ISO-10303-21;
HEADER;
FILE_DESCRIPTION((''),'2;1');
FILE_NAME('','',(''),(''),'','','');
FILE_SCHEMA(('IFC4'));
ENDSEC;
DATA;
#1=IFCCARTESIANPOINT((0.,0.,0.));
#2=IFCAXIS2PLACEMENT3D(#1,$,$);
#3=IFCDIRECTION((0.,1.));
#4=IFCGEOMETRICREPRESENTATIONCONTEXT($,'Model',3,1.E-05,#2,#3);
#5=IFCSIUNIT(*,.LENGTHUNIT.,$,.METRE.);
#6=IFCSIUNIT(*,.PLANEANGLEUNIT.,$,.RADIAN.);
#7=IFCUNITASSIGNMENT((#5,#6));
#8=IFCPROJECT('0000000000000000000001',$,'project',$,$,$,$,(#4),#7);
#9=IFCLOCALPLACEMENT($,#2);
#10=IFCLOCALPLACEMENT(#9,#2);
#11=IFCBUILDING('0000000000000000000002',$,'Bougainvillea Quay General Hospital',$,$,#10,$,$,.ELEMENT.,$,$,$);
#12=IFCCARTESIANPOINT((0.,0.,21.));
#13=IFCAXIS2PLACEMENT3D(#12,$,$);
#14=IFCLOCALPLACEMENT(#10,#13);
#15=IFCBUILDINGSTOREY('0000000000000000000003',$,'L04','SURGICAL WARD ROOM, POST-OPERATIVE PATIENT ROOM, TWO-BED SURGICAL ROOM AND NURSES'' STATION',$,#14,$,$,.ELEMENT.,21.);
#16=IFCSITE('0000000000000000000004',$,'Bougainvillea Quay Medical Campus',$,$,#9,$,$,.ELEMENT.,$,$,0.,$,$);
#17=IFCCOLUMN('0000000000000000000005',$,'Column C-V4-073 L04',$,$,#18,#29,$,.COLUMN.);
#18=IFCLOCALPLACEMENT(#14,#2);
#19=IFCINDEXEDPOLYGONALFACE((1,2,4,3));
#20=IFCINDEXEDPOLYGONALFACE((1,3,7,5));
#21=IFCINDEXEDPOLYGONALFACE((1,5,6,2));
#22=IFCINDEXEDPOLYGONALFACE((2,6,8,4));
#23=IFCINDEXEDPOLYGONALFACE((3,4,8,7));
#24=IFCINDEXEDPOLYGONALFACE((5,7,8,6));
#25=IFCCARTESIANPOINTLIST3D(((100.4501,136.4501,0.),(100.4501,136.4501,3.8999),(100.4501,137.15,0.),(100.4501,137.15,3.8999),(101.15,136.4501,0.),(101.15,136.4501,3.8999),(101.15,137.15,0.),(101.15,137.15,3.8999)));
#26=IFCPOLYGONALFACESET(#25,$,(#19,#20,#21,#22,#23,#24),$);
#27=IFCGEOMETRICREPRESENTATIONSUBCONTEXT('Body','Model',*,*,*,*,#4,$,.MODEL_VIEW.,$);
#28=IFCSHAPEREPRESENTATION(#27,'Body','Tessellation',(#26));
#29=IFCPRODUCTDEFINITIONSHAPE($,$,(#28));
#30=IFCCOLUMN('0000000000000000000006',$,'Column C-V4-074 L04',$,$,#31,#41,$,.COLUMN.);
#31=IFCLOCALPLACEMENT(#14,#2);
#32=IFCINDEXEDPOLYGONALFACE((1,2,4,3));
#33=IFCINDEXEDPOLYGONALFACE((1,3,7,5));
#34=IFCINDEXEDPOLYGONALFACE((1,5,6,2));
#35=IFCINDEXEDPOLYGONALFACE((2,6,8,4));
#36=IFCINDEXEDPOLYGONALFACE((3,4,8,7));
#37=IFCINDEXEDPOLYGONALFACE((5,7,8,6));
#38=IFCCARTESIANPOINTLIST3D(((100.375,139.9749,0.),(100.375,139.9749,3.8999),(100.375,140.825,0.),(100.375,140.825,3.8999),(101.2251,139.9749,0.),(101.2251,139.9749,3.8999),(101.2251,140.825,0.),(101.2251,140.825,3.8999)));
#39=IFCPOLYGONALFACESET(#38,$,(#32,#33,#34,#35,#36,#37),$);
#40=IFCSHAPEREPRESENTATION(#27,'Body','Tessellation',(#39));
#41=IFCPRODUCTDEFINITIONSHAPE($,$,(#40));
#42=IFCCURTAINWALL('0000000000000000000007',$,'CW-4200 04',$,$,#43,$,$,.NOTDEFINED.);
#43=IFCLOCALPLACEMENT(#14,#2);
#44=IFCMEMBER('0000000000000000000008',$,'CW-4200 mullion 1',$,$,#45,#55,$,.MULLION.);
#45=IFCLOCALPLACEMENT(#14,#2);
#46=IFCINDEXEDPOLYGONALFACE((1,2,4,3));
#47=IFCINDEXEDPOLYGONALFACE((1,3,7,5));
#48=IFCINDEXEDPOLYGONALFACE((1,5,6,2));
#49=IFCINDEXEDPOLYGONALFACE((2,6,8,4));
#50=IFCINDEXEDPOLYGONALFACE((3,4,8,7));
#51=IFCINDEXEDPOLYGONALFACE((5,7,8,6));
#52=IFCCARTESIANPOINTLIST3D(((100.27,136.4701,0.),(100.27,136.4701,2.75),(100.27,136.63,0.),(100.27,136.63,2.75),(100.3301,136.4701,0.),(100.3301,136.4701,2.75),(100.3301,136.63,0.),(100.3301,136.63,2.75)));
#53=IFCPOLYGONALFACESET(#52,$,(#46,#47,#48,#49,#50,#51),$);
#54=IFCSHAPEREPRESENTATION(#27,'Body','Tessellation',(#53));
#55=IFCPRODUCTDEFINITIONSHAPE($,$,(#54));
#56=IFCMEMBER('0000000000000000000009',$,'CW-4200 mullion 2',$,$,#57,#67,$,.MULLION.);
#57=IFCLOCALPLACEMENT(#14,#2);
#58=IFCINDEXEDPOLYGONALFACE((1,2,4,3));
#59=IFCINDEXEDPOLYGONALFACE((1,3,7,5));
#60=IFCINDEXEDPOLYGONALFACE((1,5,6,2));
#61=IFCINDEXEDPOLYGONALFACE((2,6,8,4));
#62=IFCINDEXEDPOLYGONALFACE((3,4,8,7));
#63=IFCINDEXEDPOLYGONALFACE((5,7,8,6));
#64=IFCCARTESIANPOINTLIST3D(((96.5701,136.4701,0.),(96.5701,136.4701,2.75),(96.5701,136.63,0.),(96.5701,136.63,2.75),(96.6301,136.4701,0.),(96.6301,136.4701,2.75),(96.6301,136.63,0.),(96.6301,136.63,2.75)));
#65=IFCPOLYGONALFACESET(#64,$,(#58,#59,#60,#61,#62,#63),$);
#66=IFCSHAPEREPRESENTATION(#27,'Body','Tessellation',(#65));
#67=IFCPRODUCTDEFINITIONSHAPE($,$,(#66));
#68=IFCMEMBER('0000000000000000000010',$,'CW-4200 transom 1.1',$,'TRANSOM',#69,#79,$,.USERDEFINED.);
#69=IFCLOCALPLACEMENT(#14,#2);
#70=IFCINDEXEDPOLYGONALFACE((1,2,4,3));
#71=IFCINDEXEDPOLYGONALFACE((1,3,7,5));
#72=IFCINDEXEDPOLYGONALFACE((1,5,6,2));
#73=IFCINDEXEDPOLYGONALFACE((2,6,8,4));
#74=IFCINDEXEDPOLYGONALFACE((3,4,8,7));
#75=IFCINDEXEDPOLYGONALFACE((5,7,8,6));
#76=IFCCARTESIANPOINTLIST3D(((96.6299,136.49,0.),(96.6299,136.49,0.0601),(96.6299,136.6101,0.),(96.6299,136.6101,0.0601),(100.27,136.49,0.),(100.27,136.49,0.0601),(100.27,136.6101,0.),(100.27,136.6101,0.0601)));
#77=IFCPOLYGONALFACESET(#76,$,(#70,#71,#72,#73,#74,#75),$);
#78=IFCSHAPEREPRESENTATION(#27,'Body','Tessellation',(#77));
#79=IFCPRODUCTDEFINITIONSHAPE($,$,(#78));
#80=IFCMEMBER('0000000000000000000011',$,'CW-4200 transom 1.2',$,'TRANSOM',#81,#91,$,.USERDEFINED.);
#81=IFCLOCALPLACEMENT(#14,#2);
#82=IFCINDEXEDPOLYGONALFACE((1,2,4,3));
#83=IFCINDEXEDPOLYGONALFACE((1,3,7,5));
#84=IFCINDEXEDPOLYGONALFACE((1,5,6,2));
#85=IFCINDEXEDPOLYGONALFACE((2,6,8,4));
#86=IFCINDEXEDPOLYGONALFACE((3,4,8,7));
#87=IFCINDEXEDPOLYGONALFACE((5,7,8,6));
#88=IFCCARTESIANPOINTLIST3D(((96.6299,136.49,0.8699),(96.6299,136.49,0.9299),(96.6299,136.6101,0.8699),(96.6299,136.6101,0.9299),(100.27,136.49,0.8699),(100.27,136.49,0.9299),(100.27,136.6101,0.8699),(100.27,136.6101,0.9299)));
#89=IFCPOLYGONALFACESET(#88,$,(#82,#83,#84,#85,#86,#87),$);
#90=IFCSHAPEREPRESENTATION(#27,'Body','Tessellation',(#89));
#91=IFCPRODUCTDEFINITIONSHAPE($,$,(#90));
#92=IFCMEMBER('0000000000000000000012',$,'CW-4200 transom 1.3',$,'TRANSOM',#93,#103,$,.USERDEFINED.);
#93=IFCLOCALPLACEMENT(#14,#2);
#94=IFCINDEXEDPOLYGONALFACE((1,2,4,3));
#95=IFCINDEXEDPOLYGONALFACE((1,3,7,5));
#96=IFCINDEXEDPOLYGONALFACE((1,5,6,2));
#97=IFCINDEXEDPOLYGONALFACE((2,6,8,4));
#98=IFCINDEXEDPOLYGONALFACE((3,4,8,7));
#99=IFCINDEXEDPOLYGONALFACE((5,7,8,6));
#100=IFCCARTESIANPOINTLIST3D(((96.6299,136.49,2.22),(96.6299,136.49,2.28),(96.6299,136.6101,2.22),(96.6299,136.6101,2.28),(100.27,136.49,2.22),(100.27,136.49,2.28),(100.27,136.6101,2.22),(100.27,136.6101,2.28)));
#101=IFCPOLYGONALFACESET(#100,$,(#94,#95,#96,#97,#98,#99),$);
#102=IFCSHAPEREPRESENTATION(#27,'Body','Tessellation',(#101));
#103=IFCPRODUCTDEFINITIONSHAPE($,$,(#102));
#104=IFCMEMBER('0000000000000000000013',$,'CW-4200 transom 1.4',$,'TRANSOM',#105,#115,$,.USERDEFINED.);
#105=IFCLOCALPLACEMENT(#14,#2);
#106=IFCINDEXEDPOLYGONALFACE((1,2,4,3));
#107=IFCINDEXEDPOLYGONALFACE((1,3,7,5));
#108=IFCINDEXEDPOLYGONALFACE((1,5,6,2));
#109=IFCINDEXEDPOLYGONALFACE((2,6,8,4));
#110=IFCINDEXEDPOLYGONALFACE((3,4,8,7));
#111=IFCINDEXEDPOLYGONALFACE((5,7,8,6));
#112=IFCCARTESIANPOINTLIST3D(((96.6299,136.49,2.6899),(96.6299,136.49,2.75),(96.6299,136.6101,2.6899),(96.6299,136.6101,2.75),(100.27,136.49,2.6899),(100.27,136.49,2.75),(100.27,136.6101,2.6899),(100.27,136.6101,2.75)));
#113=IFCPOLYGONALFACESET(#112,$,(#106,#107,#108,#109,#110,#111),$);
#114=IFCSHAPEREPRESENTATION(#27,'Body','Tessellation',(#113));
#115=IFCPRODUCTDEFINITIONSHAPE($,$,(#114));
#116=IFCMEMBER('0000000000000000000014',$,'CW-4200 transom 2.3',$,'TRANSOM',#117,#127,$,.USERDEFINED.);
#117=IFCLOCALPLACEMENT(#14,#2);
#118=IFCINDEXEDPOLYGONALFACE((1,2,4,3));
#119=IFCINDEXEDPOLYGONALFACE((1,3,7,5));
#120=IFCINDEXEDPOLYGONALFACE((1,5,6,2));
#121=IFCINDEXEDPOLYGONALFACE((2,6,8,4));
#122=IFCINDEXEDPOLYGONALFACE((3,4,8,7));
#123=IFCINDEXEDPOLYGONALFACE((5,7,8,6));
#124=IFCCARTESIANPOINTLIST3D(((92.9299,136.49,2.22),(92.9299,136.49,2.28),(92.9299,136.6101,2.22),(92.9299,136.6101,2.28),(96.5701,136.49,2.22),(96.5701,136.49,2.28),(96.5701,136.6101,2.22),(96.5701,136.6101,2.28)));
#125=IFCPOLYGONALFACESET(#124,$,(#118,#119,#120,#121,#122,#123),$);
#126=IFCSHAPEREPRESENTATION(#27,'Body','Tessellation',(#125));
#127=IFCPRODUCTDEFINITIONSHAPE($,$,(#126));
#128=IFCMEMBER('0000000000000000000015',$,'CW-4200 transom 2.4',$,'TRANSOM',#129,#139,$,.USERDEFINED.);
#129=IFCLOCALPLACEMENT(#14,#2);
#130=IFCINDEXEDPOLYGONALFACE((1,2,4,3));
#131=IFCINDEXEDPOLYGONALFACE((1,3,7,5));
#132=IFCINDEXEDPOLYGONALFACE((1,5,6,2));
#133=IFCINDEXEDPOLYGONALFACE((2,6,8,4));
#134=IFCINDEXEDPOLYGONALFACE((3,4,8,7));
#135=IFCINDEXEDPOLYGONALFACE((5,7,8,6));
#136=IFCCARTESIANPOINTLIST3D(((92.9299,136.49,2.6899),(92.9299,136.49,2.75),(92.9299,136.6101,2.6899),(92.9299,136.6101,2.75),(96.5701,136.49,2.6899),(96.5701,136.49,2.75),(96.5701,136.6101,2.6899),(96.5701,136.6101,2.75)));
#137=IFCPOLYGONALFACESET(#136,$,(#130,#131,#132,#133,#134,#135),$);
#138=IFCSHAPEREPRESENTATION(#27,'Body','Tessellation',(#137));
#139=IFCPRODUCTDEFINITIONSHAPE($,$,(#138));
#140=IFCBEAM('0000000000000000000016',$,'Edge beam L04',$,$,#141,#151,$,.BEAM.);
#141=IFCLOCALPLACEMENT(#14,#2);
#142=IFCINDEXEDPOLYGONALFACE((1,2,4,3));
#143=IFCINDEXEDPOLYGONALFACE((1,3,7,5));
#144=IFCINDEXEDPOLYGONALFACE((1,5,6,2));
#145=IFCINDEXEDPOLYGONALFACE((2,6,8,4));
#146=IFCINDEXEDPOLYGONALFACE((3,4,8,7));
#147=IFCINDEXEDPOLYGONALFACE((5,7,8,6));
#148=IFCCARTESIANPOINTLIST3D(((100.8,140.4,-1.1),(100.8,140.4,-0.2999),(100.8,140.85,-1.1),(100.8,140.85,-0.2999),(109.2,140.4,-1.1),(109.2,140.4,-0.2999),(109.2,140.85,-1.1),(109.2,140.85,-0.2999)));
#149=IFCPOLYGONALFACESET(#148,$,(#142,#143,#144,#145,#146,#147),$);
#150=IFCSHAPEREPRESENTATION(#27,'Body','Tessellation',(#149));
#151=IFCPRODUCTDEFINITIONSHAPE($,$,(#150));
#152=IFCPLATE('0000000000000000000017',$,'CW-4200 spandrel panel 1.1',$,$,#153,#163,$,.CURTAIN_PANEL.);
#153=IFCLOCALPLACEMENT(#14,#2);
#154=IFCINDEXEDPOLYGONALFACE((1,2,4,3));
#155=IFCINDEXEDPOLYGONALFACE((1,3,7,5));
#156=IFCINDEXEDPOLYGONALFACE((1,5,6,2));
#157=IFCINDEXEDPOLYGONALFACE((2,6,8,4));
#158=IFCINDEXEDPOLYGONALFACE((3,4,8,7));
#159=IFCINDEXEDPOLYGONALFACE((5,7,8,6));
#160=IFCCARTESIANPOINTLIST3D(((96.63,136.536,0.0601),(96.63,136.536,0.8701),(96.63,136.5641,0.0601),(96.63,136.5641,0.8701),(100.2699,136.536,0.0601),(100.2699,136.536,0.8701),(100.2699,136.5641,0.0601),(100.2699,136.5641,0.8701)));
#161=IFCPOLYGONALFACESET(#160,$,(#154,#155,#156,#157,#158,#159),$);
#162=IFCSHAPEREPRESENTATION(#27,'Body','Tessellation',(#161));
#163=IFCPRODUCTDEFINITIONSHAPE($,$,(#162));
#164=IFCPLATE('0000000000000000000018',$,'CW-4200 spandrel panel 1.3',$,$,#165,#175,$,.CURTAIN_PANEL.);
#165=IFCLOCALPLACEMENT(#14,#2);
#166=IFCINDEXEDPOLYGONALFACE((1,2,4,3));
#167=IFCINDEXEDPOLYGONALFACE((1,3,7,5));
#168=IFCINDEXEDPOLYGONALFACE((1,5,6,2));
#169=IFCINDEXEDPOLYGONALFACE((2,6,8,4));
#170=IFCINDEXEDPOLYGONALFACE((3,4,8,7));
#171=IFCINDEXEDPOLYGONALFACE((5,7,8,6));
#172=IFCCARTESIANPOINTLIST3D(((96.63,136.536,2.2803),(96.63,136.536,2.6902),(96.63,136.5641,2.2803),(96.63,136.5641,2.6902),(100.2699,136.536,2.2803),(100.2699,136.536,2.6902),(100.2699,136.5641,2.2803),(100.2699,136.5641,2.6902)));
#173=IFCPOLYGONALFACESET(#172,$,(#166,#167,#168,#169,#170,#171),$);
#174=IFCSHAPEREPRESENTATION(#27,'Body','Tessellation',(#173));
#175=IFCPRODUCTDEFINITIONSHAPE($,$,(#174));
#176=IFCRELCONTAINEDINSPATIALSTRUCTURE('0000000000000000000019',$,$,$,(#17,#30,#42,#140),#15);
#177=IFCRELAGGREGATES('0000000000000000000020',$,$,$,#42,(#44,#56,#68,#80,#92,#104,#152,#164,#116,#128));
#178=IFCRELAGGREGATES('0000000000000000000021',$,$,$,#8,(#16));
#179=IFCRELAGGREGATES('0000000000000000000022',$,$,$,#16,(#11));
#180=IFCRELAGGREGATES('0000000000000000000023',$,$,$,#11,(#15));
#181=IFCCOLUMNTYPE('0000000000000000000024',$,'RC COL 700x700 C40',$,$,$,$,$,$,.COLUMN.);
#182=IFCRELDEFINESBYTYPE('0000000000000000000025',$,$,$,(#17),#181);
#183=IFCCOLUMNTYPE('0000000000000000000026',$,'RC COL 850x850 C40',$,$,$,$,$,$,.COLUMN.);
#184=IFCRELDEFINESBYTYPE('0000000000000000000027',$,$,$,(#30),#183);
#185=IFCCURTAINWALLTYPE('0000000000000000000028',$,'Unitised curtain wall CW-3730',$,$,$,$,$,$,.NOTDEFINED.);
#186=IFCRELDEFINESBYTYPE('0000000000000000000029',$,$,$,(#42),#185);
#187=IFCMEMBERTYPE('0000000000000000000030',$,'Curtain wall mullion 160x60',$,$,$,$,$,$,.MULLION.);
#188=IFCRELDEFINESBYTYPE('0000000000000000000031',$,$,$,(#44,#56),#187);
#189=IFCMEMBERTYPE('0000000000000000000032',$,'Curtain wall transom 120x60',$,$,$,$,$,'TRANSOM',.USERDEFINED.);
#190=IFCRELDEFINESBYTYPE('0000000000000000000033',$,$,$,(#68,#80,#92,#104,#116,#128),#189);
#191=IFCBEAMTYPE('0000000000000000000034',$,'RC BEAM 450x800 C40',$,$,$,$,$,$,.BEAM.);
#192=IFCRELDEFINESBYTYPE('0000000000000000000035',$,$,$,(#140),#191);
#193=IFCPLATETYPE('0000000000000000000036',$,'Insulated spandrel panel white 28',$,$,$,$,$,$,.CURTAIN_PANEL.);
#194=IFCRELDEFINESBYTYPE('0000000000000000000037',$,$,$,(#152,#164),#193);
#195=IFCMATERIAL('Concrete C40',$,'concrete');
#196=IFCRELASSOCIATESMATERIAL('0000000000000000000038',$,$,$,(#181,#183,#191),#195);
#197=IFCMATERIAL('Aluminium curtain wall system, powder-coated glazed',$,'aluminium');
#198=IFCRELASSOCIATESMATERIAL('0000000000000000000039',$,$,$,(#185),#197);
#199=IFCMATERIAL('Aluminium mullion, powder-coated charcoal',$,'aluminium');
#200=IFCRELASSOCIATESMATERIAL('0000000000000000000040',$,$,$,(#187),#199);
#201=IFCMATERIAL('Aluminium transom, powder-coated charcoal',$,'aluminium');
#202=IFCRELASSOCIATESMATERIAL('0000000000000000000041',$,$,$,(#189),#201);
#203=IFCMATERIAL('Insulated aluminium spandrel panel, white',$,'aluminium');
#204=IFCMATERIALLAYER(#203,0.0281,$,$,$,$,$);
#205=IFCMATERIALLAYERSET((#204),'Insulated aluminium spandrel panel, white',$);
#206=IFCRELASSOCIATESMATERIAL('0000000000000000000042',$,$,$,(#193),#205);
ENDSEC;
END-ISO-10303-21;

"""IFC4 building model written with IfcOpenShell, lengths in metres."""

from ifc_helpers import new_model, si_unit, direction, frame, origin, origin_2d, place, context, subcontext, project, spatial, rectangle, extrude, material, layer, layer_set, material_profile, profile_set, type_object, element, aggregate, save


model = new_model("IFC4")

# Units and contexts
model_context = context("Model", 3, precision=1e-05, world=origin(), true_north=direction((0.0, 1.0)))
body_context = subcontext(model_context, "Body", "Model", "MODEL_VIEW")
ifc_project = project(units=[si_unit("LENGTHUNIT", "METRE"), si_unit("PLANEANGLEUNIT", "RADIAN")], contexts=[model_context])

# Site, building, storey
site_placement = place(None, origin())
site = spatial("IfcSite", under=ifc_project, at=site_placement, Name="Bougainvillea Quay Medical Campus", CompositionType="ELEMENT", RefElevation=0.0)
building_placement = place(site_placement, origin())
building = spatial("IfcBuilding", under=site, at=building_placement, Name="Bougainvillea Quay General Hospital", CompositionType="ELEMENT")
storey_placement = place(building_placement, frame((0.0, 0.0, 21.0)))
storey = spatial("IfcBuildingStorey", under=building, at=storey_placement, Name="L04", Description="SURGICAL WARD ROOM, POST-OPERATIVE PATIENT ROOM, TWO-BED SURGICAL ROOM AND NURSES' STATION", CompositionType="ELEMENT", Elevation=21.0)

# Columns
ifc_material_1 = material(Name="Concrete C40", Category="concrete")
ifc_material_profile_1 = material_profile(ifc_material_1, rectangle(XDim=0.7, YDim=0.7, at=origin_2d()))
ifc_profile_set_1 = profile_set([ifc_material_profile_1], Name="Concrete C40")
column_type_1 = type_object("IfcColumnType", Name="RC COL 700x700 C40", PredefinedType="COLUMN", material=ifc_profile_set_1)
column_1_placement = place(storey_placement, frame((100.8, 136.8, 0.0), z_axis=(0.0, 0.0, 1.0), x_axis=(1.0, 0.0, 0.0)))
element("IfcColumn", 1, at=column_1_placement, inside=storey, type_object=column_type_1, Name="Column C-V4-073 L04", PredefinedType="COLUMN", context=body_context, shape_type="SweptSolid", body=[
    extrude(rectangle(XDim=0.7, YDim=0.7, at=origin_2d()), origin(), (0.0, 0.0, 1.0), 3.8999),
])
ifc_material_profile_2 = material_profile(ifc_material_1, rectangle(XDim=0.8501, YDim=0.8501, at=origin_2d()))
ifc_profile_set_2 = profile_set([ifc_material_profile_2], Name="Concrete C40")
column_type_2 = type_object("IfcColumnType", Name="RC COL 850x850 C40", PredefinedType="COLUMN", material=ifc_profile_set_2)
column_2_placement = place(storey_placement, frame((100.8, 140.3999, 0.0), z_axis=(0.0, 0.0, 1.0), x_axis=(1.0, 0.0, 0.0)))
element("IfcColumn", 2, at=column_2_placement, inside=storey, type_object=column_type_2, Name="Column C-V4-074 L04", PredefinedType="COLUMN", context=body_context, shape_type="SweptSolid", body=[
    extrude(rectangle(XDim=0.8501, YDim=0.8501, at=origin_2d()), origin(), (0.0, 0.0, 1.0), 3.8999),
])

# Curtain wall, members
ifc_material_2 = material(Name="Aluminium curtain wall system, powder-coated glazed", Category="aluminium")
curtain_wall_type = type_object("IfcCurtainWallType", Name="Unitised curtain wall CW-3730", PredefinedType="NOTDEFINED", material=ifc_material_2)
curtain_wall_placement = place(storey_placement, origin())
curtain_wall = element("IfcCurtainWall", 3, at=curtain_wall_placement, inside=storey, type_object=curtain_wall_type, Name="CW-4200 04", PredefinedType="NOTDEFINED")
ifc_material_3 = material(Name="Aluminium mullion, powder-coated charcoal", Category="aluminium")
ifc_material_profile_3 = material_profile(ifc_material_3, rectangle(XDim=0.1599, YDim=0.0601, at=origin_2d()))
ifc_profile_set_3 = profile_set([ifc_material_profile_3], Name="Aluminium mullion, powder-coated charcoal")
member_type_1 = type_object("IfcMemberType", Name="Curtain wall mullion 160x60", PredefinedType="MULLION", material=ifc_profile_set_3)
member_1_placement = place(storey_placement, frame((100.3, 136.55, 0.0), z_axis=(0.0, 0.0, 1.0), x_axis=(0.0, -1.0, 0.0)))
member_1 = element("IfcMember", 4, at=member_1_placement, type_object=member_type_1, Name="CW-4200 mullion 1", PredefinedType="MULLION", context=body_context, shape_type="SweptSolid", body=[
    extrude(rectangle(XDim=0.1599, YDim=0.0601, at=origin_2d()), origin(), (0.0, 0.0, 1.0), 2.75),
])
member_2_placement = place(storey_placement, frame((96.6001, 136.55, 0.0), z_axis=(0.0, 0.0, 1.0), x_axis=(0.0, -1.0, 0.0)))
member_2 = element("IfcMember", 5, at=member_2_placement, type_object=member_type_1, Name="CW-4200 mullion 2", PredefinedType="MULLION", context=body_context, shape_type="SweptSolid", body=[
    extrude(rectangle(XDim=0.1599, YDim=0.0601, at=origin_2d()), origin(), (0.0, 0.0, 1.0), 2.75),
])
ifc_material_4 = material(Name="Aluminium transom, powder-coated charcoal", Category="aluminium")
ifc_material_profile_4 = material_profile(ifc_material_4, rectangle(XDim=0.1201, YDim=0.0601, at=origin_2d()))
ifc_profile_set_4 = profile_set([ifc_material_profile_4], Name="Aluminium transom, powder-coated charcoal")
member_type_2 = type_object("IfcMemberType", Name="Curtain wall transom 120x60", ElementType="TRANSOM", PredefinedType="USERDEFINED", material=ifc_profile_set_4)
member_3_placement = place(storey_placement, frame((100.27, 136.55, 0.03), z_axis=(-1.0, 0.0, 0.0), x_axis=(0.0, -1.0, 0.0)))
member_3 = element("IfcMember", 6, at=member_3_placement, type_object=member_type_2, Name="CW-4200 transom 1.1", ObjectType="TRANSOM", PredefinedType="USERDEFINED", context=body_context, shape_type="SweptSolid", body=[
    extrude(rectangle(XDim=0.1201, YDim=0.0601, at=origin_2d()), origin(), (0.0, 0.0, 1.0), 3.6401),
])
member_4_placement = place(storey_placement, frame((100.27, 136.55, 0.8999), z_axis=(-1.0, 0.0, 0.0), x_axis=(0.0, -1.0, 0.0)))
member_4 = element("IfcMember", 7, at=member_4_placement, type_object=member_type_2, Name="CW-4200 transom 1.2", ObjectType="TRANSOM", PredefinedType="USERDEFINED", context=body_context, shape_type="SweptSolid", body=[
    extrude(rectangle(XDim=0.1201, YDim=0.0601, at=origin_2d()), origin(), (0.0, 0.0, 1.0), 3.6401),
])
member_5_placement = place(storey_placement, frame((100.27, 136.55, 2.25), z_axis=(-1.0, 0.0, 0.0), x_axis=(0.0, -1.0, 0.0)))
member_5 = element("IfcMember", 8, at=member_5_placement, type_object=member_type_2, Name="CW-4200 transom 1.3", ObjectType="TRANSOM", PredefinedType="USERDEFINED", context=body_context, shape_type="SweptSolid", body=[
    extrude(rectangle(XDim=0.1201, YDim=0.0601, at=origin_2d()), origin(), (0.0, 0.0, 1.0), 3.6401),
])
member_6_placement = place(storey_placement, frame((100.27, 136.55, 2.72), z_axis=(-1.0, 0.0, 0.0), x_axis=(0.0, -1.0, 0.0)))
member_6 = element("IfcMember", 9, at=member_6_placement, type_object=member_type_2, Name="CW-4200 transom 1.4", ObjectType="TRANSOM", PredefinedType="USERDEFINED", context=body_context, shape_type="SweptSolid", body=[
    extrude(rectangle(XDim=0.1201, YDim=0.0601, at=origin_2d()), origin(), (0.0, 0.0, 1.0), 3.6401),
])
member_7_placement = place(storey_placement, frame((96.5701, 136.55, 2.25), z_axis=(-1.0, 0.0, 0.0), x_axis=(0.0, -1.0, 0.0)))
member_7 = element("IfcMember", 10, at=member_7_placement, type_object=member_type_2, Name="CW-4200 transom 2.3", ObjectType="TRANSOM", PredefinedType="USERDEFINED", context=body_context, shape_type="SweptSolid", body=[
    extrude(rectangle(XDim=0.1201, YDim=0.0601, at=origin_2d()), origin(), (0.0, 0.0, 1.0), 3.6401),
])
member_8_placement = place(storey_placement, frame((96.5701, 136.55, 2.72), z_axis=(-1.0, 0.0, 0.0), x_axis=(0.0, -1.0, 0.0)))
member_8 = element("IfcMember", 11, at=member_8_placement, type_object=member_type_2, Name="CW-4200 transom 2.4", ObjectType="TRANSOM", PredefinedType="USERDEFINED", context=body_context, shape_type="SweptSolid", body=[
    extrude(rectangle(XDim=0.1201, YDim=0.0601, at=origin_2d()), origin(), (0.0, 0.0, 1.0), 3.6401),
])

# Beam
ifc_material_profile_5 = material_profile(ifc_material_1, rectangle(XDim=0.45, YDim=0.8, at=origin_2d()))
ifc_profile_set_5 = profile_set([ifc_material_profile_5], Name="Concrete C40")
beam_type = type_object("IfcBeamType", Name="RC BEAM 450x800 C40", PredefinedType="BEAM", material=ifc_profile_set_5)
beam_placement = place(storey_placement, frame((100.8, 140.625, -0.7), z_axis=(1.0, 0.0, 0.0), x_axis=(0.0, 1.0, 0.0)))
element("IfcBeam", 12, at=beam_placement, inside=storey, type_object=beam_type, Name="Edge beam L04", PredefinedType="BEAM", context=body_context, shape_type="SweptSolid", body=[
    extrude(rectangle(XDim=0.45, YDim=0.8, at=origin_2d()), origin(), (0.0, 0.0, 1.0), 8.3999),
])

# Plates
ifc_material_5 = material(Name="Insulated aluminium spandrel panel, white", Category="aluminium")
ifc_layer_1 = layer(ifc_material_5, 0.0281)
ifc_layer_set_1 = layer_set([ifc_layer_1], Name="Insulated aluminium spandrel panel, white")
plate_type_1 = type_object("IfcPlateType", Name="Insulated spandrel panel white 28", PredefinedType="CURTAIN_PANEL", material=ifc_layer_set_1)
plate_1_placement = place(storey_placement, frame((98.45, 136.55, 0.0601), z_axis=(0.0, 0.0, 1.0), x_axis=(-1.0, 0.0, 0.0)))
plate_1 = element("IfcPlate", 13, at=plate_1_placement, type_object=plate_type_1, Name="CW-4200 spandrel panel 1.1", PredefinedType="CURTAIN_PANEL", context=body_context, shape_type="SweptSolid", body=[
    extrude(rectangle(XDim=3.6399, YDim=0.0281, at=origin_2d()), origin(), (0.0, 0.0, 1.0), 0.8101),
])
plate_2_placement = place(storey_placement, frame((98.45, 136.55, 2.2803), z_axis=(0.0, 0.0, 1.0), x_axis=(-1.0, 0.0, 0.0)))
plate_2 = element("IfcPlate", 14, at=plate_2_placement, type_object=plate_type_1, Name="CW-4200 spandrel panel 1.3", PredefinedType="CURTAIN_PANEL", context=body_context, shape_type="SweptSolid", body=[
    extrude(rectangle(XDim=3.6399, YDim=0.0281, at=origin_2d()), origin(), (0.0, 0.0, 1.0), 0.4099),
])
aggregate(curtain_wall, [member_1, member_2, member_3, member_4, member_5, member_6, plate_1, plate_2, member_7, member_8])

save(model, "model.ifc")
